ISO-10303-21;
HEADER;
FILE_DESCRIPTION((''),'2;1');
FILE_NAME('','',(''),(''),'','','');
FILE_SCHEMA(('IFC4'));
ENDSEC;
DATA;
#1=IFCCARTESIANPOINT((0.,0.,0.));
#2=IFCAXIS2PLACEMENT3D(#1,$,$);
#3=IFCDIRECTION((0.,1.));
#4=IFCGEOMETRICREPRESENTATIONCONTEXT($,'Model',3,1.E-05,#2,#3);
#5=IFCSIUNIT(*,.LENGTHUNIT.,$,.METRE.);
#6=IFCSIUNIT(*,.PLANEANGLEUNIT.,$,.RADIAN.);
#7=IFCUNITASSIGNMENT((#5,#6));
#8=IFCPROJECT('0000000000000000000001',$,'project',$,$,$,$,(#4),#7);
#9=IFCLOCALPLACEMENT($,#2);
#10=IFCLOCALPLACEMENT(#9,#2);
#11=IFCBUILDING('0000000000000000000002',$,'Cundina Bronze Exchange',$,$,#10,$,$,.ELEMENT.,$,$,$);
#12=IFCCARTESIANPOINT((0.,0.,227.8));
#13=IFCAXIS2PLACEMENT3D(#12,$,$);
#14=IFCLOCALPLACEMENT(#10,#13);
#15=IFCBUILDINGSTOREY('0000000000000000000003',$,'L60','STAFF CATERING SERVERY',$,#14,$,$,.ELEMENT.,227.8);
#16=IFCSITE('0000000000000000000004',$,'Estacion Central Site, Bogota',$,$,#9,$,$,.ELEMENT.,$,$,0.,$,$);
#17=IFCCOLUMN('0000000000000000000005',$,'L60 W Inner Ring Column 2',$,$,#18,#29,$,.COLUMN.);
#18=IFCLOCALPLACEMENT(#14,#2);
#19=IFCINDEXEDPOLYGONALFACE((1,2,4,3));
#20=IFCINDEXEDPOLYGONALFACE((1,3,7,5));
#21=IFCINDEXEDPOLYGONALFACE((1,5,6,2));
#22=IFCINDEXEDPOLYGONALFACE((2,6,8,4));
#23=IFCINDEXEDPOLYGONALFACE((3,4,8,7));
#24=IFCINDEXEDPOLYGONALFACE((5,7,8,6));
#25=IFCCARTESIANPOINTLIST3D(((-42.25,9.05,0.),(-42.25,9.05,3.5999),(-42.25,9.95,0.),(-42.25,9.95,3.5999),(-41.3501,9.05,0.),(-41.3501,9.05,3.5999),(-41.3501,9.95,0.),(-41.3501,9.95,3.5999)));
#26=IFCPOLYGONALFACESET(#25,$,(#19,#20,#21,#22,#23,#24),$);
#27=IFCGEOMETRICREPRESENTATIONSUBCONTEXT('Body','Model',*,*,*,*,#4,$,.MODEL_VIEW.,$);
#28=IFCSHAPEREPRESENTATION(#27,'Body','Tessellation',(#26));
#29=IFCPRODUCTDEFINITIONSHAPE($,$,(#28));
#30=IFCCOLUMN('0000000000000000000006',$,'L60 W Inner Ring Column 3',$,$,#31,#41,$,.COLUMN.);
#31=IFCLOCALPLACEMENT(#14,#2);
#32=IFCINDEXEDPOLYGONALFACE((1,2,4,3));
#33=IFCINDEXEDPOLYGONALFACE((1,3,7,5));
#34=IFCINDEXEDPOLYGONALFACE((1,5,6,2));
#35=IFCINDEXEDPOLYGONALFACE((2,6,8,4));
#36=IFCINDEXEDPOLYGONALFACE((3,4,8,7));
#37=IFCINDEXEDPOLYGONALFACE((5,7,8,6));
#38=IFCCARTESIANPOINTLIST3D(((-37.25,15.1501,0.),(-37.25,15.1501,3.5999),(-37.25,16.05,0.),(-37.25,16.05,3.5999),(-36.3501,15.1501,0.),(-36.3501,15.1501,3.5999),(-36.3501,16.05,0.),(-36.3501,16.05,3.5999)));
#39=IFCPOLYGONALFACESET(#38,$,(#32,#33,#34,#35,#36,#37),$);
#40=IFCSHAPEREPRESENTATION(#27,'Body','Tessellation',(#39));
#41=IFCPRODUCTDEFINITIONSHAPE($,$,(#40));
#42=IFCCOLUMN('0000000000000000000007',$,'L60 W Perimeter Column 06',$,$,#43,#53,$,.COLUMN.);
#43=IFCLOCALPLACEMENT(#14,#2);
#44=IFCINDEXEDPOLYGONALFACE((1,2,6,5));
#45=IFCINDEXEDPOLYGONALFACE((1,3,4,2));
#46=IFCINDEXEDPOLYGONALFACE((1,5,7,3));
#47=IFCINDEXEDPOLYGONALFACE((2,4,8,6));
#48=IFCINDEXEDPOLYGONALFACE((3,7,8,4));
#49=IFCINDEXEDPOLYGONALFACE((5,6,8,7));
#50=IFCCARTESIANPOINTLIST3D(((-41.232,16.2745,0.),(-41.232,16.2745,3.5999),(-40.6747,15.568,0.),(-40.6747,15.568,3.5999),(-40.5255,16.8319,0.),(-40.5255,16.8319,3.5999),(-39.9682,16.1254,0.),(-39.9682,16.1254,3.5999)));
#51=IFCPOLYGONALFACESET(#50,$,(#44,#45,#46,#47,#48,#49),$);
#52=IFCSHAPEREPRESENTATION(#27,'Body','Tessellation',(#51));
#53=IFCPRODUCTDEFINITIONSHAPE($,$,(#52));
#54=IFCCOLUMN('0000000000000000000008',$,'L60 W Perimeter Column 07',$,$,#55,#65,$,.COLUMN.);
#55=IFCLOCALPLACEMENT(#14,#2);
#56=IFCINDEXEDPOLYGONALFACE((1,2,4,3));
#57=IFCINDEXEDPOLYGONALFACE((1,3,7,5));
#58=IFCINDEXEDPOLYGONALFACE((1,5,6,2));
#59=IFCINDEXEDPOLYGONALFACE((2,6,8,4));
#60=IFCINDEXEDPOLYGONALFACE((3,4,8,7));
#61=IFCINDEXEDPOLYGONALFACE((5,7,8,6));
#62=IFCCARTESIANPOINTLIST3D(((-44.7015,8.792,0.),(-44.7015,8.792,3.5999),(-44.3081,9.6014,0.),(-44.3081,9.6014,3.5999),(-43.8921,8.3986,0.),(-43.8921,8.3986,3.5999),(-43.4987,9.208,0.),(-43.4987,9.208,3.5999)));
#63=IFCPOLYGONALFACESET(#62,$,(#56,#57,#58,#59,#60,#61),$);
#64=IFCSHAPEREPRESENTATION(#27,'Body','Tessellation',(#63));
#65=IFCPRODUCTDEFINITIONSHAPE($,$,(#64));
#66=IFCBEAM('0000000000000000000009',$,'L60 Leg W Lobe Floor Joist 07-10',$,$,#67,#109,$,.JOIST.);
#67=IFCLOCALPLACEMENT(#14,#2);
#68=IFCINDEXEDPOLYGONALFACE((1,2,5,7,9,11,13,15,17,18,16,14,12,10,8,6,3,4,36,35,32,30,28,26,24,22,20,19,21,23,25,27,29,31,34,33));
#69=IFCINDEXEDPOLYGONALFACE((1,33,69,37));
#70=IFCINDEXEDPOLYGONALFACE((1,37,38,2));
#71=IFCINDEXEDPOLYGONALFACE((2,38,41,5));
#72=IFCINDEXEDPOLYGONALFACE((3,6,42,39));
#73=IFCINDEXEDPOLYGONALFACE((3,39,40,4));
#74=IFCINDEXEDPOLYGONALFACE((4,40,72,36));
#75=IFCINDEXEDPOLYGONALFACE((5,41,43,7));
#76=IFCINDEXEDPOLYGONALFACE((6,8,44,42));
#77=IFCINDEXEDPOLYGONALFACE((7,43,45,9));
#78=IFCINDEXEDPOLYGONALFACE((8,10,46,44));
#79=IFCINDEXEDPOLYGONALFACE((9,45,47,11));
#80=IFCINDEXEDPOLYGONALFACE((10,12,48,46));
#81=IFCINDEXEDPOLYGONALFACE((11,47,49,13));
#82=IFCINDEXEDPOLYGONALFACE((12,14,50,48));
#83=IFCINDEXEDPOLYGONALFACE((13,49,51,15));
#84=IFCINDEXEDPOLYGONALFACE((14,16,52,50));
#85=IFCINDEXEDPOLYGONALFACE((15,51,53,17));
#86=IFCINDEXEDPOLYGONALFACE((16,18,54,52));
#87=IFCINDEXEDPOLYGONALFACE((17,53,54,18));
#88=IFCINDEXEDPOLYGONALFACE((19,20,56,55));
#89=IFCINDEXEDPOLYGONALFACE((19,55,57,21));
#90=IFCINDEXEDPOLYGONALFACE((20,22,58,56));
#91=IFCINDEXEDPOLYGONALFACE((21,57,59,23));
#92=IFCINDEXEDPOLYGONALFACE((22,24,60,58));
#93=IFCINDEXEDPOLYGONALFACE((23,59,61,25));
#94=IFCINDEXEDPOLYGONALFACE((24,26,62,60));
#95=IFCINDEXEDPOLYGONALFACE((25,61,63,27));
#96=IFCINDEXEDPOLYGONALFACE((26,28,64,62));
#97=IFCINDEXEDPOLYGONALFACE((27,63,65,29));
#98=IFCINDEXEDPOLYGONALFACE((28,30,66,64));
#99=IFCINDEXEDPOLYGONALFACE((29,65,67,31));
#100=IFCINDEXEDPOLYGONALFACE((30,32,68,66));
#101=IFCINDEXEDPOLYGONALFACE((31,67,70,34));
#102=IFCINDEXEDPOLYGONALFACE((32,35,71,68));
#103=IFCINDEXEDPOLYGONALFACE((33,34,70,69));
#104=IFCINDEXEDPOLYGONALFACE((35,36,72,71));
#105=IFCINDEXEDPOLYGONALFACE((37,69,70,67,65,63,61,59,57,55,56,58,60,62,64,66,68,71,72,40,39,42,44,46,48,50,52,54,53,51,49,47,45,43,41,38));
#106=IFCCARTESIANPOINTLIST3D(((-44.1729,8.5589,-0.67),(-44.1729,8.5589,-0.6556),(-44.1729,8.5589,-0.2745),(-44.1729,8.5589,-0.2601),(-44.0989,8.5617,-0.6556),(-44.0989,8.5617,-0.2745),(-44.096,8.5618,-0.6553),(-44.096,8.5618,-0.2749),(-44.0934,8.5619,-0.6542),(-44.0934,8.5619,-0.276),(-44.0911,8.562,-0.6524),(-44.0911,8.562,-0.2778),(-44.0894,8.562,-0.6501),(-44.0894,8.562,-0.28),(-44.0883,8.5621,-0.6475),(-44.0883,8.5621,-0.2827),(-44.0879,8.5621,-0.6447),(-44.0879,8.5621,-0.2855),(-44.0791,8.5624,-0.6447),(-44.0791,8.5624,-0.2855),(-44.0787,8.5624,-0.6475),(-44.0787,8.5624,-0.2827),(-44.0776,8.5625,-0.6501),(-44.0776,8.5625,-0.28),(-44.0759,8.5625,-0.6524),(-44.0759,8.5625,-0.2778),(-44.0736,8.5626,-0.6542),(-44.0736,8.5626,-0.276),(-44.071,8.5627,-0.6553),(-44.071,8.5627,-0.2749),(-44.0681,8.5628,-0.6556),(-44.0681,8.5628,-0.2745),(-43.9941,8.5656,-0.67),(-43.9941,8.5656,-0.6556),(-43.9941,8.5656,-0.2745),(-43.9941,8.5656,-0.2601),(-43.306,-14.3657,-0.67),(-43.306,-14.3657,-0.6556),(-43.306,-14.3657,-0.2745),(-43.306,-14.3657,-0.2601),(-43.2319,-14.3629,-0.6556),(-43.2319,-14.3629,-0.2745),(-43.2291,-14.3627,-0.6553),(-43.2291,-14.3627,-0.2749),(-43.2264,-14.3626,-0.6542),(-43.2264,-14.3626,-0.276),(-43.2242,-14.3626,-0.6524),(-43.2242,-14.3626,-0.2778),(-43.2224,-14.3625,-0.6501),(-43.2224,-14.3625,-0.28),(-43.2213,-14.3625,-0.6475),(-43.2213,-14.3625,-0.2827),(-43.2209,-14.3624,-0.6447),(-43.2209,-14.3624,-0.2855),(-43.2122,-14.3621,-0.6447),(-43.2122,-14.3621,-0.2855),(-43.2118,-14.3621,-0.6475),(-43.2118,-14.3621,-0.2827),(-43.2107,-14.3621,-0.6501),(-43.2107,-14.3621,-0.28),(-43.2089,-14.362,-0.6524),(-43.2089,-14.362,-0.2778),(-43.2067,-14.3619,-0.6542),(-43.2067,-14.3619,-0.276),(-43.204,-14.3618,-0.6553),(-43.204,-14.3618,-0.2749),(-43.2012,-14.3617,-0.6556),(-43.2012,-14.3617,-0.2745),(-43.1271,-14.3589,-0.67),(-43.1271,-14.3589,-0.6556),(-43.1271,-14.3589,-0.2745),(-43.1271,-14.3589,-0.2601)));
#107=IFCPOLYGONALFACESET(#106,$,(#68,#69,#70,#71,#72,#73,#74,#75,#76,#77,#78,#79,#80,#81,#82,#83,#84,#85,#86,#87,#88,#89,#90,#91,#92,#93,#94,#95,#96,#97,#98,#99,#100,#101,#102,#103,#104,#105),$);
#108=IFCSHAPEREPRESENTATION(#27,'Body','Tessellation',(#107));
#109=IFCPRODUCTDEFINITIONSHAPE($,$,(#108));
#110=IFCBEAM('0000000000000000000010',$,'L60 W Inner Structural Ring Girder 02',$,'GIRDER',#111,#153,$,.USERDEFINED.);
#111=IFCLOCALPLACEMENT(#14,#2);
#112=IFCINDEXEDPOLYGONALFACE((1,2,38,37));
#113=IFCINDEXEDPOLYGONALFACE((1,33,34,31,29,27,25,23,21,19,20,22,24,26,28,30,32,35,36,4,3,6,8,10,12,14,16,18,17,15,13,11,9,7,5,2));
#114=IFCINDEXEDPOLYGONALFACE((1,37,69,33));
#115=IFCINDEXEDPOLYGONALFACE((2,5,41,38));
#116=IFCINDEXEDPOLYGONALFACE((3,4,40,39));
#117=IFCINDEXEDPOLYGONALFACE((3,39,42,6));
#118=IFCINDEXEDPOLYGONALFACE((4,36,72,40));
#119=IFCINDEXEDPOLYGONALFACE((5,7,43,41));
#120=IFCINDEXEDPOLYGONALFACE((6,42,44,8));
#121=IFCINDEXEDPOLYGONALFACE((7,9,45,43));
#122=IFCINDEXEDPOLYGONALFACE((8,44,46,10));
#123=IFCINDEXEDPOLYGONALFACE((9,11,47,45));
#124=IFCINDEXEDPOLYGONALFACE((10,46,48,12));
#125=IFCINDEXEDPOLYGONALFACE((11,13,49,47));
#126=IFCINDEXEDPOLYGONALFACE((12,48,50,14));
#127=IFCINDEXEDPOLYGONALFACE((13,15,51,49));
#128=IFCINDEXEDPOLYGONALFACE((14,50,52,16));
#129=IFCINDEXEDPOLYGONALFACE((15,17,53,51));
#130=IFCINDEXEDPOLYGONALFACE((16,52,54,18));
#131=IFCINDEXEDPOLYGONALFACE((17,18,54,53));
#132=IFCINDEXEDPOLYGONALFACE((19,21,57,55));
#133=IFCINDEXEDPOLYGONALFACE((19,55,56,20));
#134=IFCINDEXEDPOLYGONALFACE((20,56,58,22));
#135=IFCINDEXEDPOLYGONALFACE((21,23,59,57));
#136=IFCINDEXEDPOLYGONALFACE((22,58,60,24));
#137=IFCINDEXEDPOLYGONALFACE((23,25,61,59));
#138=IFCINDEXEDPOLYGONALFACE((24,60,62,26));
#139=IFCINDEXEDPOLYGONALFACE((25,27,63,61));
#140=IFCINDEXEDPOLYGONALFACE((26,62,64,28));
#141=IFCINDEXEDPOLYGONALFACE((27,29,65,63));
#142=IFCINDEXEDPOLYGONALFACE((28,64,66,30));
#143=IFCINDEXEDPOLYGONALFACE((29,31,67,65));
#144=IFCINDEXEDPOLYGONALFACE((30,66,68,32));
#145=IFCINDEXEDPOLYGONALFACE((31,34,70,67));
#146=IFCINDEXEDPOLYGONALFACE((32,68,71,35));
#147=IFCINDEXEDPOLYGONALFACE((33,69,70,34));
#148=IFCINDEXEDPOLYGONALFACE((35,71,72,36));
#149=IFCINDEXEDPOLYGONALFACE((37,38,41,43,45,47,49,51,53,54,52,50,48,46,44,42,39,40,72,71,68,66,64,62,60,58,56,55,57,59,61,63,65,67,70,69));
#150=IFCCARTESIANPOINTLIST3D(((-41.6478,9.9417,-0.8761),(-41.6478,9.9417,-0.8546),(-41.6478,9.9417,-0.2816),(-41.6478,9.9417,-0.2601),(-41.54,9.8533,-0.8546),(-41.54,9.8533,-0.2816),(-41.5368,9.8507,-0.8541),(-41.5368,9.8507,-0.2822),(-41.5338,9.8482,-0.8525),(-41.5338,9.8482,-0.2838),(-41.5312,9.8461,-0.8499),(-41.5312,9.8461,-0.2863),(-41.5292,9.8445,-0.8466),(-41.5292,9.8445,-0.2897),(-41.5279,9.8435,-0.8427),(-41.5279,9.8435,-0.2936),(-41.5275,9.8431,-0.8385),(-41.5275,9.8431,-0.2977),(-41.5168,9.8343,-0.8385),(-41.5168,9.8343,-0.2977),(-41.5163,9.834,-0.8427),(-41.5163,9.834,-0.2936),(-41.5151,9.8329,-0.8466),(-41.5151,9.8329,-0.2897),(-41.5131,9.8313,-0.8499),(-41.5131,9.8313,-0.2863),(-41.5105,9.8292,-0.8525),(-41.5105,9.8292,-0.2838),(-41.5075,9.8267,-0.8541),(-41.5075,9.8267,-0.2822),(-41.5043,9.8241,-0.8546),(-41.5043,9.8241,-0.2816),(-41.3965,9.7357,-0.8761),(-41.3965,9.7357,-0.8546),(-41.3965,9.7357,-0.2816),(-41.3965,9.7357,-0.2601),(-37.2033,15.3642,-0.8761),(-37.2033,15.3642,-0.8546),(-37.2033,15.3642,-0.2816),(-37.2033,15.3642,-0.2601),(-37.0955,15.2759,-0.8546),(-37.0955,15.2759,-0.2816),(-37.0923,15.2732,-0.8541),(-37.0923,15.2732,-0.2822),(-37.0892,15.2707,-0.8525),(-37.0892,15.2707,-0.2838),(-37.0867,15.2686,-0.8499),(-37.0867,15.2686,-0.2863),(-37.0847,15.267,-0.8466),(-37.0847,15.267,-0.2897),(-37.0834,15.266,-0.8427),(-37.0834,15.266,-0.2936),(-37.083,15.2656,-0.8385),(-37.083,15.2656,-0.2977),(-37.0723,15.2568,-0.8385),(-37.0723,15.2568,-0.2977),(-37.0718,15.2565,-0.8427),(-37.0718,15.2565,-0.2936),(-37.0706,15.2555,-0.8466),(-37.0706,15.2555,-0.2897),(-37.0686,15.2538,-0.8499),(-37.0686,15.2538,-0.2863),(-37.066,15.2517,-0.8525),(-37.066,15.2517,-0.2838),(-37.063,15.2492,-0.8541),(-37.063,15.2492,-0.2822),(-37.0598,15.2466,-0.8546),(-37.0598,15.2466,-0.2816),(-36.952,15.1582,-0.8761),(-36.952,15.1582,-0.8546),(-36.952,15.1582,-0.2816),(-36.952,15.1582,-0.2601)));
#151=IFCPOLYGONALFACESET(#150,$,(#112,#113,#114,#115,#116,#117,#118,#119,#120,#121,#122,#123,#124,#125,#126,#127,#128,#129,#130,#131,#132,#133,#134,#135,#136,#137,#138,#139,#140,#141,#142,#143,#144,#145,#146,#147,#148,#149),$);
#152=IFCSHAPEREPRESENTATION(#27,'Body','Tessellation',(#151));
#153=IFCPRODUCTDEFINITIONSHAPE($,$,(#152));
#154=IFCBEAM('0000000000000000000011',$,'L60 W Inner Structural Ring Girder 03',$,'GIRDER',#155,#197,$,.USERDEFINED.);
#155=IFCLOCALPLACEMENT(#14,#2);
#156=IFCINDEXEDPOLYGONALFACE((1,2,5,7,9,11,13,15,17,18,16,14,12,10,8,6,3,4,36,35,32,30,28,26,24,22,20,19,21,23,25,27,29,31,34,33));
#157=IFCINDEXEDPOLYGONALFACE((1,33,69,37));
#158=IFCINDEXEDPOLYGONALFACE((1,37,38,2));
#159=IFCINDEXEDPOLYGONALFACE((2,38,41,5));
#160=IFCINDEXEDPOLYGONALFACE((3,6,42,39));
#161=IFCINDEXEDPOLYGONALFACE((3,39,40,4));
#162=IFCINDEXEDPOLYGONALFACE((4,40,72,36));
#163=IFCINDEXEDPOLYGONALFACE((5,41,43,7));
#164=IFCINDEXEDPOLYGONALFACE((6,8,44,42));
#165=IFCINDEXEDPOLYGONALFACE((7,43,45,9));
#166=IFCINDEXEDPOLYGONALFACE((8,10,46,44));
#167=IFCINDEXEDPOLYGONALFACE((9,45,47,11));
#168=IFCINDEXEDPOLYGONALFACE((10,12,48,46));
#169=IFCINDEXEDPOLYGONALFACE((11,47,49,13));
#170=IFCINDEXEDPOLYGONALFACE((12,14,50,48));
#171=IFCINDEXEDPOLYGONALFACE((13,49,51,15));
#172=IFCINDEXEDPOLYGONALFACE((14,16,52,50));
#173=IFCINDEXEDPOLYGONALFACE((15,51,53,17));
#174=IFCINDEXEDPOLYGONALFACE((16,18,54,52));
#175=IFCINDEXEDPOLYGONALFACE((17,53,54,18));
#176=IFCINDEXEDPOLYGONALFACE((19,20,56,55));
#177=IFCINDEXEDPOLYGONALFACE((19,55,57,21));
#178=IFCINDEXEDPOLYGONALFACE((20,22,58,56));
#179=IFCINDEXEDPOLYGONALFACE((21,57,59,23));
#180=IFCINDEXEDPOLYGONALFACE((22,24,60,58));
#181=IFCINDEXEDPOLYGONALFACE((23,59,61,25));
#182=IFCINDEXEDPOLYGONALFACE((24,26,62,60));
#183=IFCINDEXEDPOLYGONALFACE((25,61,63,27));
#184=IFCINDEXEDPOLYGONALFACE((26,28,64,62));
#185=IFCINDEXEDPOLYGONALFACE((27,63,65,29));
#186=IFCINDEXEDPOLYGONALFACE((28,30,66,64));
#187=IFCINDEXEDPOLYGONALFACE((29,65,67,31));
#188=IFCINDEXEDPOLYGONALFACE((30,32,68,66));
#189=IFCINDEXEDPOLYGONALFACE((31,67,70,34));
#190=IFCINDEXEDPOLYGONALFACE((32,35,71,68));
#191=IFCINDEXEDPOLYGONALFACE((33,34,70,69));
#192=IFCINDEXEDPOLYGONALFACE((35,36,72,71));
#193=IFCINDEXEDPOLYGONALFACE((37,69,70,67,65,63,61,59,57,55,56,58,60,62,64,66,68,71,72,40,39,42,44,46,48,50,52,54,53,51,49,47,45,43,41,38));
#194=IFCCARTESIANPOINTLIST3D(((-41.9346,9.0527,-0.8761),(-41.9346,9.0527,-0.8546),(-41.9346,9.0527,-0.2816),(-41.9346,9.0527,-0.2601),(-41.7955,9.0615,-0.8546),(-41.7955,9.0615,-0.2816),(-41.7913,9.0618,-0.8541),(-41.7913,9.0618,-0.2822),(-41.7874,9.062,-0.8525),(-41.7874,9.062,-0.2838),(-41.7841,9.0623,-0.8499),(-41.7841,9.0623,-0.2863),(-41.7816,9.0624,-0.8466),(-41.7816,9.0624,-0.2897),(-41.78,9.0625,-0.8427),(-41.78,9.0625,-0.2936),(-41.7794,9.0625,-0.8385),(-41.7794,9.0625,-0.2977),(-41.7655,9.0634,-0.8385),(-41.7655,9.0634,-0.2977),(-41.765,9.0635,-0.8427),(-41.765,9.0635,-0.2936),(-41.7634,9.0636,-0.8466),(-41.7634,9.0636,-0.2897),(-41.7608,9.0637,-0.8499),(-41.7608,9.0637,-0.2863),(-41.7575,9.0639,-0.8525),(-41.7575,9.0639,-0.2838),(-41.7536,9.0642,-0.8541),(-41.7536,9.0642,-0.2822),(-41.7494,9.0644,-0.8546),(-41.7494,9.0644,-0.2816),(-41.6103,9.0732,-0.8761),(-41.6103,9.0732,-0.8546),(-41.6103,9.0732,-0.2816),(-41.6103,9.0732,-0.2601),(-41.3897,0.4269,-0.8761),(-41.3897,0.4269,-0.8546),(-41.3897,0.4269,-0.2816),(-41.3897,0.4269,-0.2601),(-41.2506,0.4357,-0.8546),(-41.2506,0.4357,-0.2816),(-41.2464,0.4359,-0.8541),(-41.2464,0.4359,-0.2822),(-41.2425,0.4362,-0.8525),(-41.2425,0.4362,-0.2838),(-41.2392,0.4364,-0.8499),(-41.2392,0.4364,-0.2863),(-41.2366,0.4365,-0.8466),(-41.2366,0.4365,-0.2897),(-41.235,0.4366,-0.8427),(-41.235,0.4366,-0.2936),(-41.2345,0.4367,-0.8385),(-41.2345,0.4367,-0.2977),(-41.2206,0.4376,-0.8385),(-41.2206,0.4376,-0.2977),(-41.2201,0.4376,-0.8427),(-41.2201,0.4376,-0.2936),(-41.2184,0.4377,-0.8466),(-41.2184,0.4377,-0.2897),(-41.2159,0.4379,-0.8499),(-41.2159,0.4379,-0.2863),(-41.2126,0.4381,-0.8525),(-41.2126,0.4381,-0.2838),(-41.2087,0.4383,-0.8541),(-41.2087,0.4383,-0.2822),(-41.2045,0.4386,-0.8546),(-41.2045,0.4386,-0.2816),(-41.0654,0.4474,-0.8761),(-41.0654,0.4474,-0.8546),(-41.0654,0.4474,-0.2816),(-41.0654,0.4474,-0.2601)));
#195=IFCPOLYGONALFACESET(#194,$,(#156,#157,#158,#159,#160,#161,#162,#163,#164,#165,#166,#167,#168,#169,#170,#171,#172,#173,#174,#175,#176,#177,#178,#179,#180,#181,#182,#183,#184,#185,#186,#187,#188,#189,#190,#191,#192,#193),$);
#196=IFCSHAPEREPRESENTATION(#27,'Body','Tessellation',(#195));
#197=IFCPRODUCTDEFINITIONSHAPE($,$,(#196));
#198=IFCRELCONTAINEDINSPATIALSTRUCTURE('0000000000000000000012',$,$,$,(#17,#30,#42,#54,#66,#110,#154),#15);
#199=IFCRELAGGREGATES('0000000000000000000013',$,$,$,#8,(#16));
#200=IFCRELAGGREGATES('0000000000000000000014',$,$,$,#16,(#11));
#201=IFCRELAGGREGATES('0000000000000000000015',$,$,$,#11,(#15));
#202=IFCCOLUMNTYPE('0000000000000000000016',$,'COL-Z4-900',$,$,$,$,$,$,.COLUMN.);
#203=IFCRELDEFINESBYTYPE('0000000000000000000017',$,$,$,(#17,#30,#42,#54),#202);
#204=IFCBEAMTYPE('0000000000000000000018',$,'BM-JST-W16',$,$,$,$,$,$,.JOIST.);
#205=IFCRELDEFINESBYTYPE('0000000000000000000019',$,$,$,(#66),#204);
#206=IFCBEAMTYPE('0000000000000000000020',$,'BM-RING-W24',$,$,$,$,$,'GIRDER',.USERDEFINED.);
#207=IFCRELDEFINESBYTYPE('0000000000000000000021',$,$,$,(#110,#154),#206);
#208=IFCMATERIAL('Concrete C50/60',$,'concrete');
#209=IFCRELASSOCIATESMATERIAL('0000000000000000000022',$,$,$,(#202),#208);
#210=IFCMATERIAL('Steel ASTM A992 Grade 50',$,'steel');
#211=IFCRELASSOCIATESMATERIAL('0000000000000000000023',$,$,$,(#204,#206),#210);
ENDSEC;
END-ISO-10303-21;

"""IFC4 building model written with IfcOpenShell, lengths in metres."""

from ifc_helpers import new_model, si_unit, direction, frame, origin, origin_2d, place, context, subcontext, project, spatial, rectangle, i_section, extrude, material, material_profile, profile_set, type_object, element, save


model = new_model("IFC4")

# Units and contexts
model_context = context("Model", 3, precision=1e-05, world=origin(), true_north=direction((0.0, 1.0)))
body_context = subcontext(model_context, "Body", "Model", "MODEL_VIEW")
ifc_project = project(units=[si_unit("LENGTHUNIT", "METRE"), si_unit("PLANEANGLEUNIT", "RADIAN")], contexts=[model_context])

# Site, building, storey
site_placement = place(None, origin())
site = spatial("IfcSite", under=ifc_project, at=site_placement, Name="Estacion Central Site, Bogota", CompositionType="ELEMENT", RefElevation=0.0)
building_placement = place(site_placement, origin())
building = spatial("IfcBuilding", under=site, at=building_placement, Name="Cundina Bronze Exchange", CompositionType="ELEMENT")
storey_placement = place(building_placement, frame((0.0, 0.0, 227.8)))
storey = spatial("IfcBuildingStorey", under=building, at=storey_placement, Name="L60", Description="STAFF CATERING SERVERY", CompositionType="ELEMENT", Elevation=227.8)

# Columns
ifc_material_1 = material(Name="Concrete C50/60", Category="concrete")
ifc_material_profile_1 = material_profile(ifc_material_1, rectangle(XDim=0.8999, YDim=0.8999, at=origin_2d()), Name="RC900X900", Category="concrete")
ifc_profile_set_1 = profile_set([ifc_material_profile_1], Name="Concrete C50/60")
column_type = type_object("IfcColumnType", Name="COL-Z4-900", PredefinedType="COLUMN", material=ifc_profile_set_1)
for number, where, z_axis, x_axis, name in (
    (1, (-41.8, 9.5, 0.0), (0.0, 0.0, 1.0), (1.0, 0.0, 0.0), "L60 W Inner Ring Column 2"),
    (2, (-36.8, 15.6001, 0.0), (0.0, 0.0, 1.0), (1.0, 0.0, 0.0), "L60 W Inner Ring Column 3"),
    (3, (-40.6001, 16.2, 0.0), (0.0, 0.0, 1.0), (-0.785101, -0.619368, 0.0), "L60 W Perimeter Column 06"),
    (4, (-44.1001, 9.0, 0.0), (0.0, 0.0, 1.0), (-0.437116, -0.899405, 0.0), "L60 W Perimeter Column 07"),
):
    element("IfcColumn", number, at=place(storey_placement, frame(where, z_axis=z_axis, x_axis=x_axis)), inside=storey, type_object=column_type, Name=name, PredefinedType="COLUMN", context=body_context, shape_type="SweptSolid", body=[
        extrude(rectangle(XDim=0.8999, YDim=0.8999, at=origin_2d()), origin(), (0.0, 0.0, 1.0), 3.5999),
    ])

# Beams
ifc_material_2 = material(Name="Steel ASTM A992 Grade 50", Category="steel")
ifc_material_profile_2 = material_profile(ifc_material_2, i_section(OverallWidth=0.179, OverallDepth=0.4099, WebThickness=0.0088, FlangeThickness=0.0144, FilletRadius=0.011, at=origin_2d()), Name="W16X45", Category="steel")
ifc_profile_set_2 = profile_set([ifc_material_profile_2], Name="Steel ASTM A992 Grade 50")
beam_type_1 = type_object("IfcBeamType", Name="BM-JST-W16", PredefinedType="JOIST", material=ifc_profile_set_2)
beam_1_placement = place(storey_placement, frame((-44.0835, 8.5623, -0.4651), z_axis=(0.03779, -0.999286, 0.0), x_axis=(0.999286, 0.03779, 0.0)))
element("IfcBeam", 5, at=beam_1_placement, inside=storey, type_object=beam_type_1, Name="L60 Leg W Lobe Floor Joist 07-10", PredefinedType="JOIST", context=body_context, shape_type="SweptSolid", body=[
    extrude(i_section(OverallWidth=0.179, OverallDepth=0.4099, WebThickness=0.0088, FlangeThickness=0.0144, FilletRadius=0.011, at=origin_2d()), origin(), (0.0, 0.0, 1.0), 22.9409),
])
ifc_material_profile_3 = material_profile(ifc_material_2, i_section(OverallWidth=0.325, OverallDepth=0.616, WebThickness=0.0139, FlangeThickness=0.0215, FilletRadius=0.0161, at=origin_2d()), Name="W24X117", Category="steel")
ifc_profile_set_3 = profile_set([ifc_material_profile_3], Name="Steel ASTM A992 Grade 50")
beam_type_2 = type_object("IfcBeamType", Name="BM-RING-W24", ElementType="GIRDER", PredefinedType="USERDEFINED", material=ifc_profile_set_3)
beam_2_placement = place(storey_placement, frame((-37.0776, 15.2612, -0.5681), z_axis=(-0.633913, -0.773405, 0.0), x_axis=(0.773405, -0.633913, 0.0)))
element("IfcBeam", 6, at=beam_2_placement, inside=storey, type_object=beam_type_2, Name="L60 W Inner Structural Ring Girder 02", ObjectType="GIRDER", PredefinedType="USERDEFINED", context=body_context, shape_type="SweptSolid", body=[
    extrude(i_section(OverallWidth=0.325, OverallDepth=0.616, WebThickness=0.0139, FlangeThickness=0.0215, FilletRadius=0.0161, at=origin_2d()), origin(), (0.0, 0.0, 1.0), 7.0112),
])
beam_3_placement = place(storey_placement, frame((-41.7725, 9.063, -0.5681), z_axis=(0.063047, -0.998011, 0.0), x_axis=(0.998011, 0.063047, 0.0)))
element("IfcBeam", 7, at=beam_3_placement, inside=storey, type_object=beam_type_2, Name="L60 W Inner Structural Ring Girder 03", ObjectType="GIRDER", PredefinedType="USERDEFINED", context=body_context, shape_type="SweptSolid", body=[
    extrude(i_section(OverallWidth=0.325, OverallDepth=0.616, WebThickness=0.0139, FlangeThickness=0.0215, FilletRadius=0.0161, at=origin_2d()), origin(), (0.0, 0.0, 1.0), 8.6431),
])

save(model, "model.ifc")
